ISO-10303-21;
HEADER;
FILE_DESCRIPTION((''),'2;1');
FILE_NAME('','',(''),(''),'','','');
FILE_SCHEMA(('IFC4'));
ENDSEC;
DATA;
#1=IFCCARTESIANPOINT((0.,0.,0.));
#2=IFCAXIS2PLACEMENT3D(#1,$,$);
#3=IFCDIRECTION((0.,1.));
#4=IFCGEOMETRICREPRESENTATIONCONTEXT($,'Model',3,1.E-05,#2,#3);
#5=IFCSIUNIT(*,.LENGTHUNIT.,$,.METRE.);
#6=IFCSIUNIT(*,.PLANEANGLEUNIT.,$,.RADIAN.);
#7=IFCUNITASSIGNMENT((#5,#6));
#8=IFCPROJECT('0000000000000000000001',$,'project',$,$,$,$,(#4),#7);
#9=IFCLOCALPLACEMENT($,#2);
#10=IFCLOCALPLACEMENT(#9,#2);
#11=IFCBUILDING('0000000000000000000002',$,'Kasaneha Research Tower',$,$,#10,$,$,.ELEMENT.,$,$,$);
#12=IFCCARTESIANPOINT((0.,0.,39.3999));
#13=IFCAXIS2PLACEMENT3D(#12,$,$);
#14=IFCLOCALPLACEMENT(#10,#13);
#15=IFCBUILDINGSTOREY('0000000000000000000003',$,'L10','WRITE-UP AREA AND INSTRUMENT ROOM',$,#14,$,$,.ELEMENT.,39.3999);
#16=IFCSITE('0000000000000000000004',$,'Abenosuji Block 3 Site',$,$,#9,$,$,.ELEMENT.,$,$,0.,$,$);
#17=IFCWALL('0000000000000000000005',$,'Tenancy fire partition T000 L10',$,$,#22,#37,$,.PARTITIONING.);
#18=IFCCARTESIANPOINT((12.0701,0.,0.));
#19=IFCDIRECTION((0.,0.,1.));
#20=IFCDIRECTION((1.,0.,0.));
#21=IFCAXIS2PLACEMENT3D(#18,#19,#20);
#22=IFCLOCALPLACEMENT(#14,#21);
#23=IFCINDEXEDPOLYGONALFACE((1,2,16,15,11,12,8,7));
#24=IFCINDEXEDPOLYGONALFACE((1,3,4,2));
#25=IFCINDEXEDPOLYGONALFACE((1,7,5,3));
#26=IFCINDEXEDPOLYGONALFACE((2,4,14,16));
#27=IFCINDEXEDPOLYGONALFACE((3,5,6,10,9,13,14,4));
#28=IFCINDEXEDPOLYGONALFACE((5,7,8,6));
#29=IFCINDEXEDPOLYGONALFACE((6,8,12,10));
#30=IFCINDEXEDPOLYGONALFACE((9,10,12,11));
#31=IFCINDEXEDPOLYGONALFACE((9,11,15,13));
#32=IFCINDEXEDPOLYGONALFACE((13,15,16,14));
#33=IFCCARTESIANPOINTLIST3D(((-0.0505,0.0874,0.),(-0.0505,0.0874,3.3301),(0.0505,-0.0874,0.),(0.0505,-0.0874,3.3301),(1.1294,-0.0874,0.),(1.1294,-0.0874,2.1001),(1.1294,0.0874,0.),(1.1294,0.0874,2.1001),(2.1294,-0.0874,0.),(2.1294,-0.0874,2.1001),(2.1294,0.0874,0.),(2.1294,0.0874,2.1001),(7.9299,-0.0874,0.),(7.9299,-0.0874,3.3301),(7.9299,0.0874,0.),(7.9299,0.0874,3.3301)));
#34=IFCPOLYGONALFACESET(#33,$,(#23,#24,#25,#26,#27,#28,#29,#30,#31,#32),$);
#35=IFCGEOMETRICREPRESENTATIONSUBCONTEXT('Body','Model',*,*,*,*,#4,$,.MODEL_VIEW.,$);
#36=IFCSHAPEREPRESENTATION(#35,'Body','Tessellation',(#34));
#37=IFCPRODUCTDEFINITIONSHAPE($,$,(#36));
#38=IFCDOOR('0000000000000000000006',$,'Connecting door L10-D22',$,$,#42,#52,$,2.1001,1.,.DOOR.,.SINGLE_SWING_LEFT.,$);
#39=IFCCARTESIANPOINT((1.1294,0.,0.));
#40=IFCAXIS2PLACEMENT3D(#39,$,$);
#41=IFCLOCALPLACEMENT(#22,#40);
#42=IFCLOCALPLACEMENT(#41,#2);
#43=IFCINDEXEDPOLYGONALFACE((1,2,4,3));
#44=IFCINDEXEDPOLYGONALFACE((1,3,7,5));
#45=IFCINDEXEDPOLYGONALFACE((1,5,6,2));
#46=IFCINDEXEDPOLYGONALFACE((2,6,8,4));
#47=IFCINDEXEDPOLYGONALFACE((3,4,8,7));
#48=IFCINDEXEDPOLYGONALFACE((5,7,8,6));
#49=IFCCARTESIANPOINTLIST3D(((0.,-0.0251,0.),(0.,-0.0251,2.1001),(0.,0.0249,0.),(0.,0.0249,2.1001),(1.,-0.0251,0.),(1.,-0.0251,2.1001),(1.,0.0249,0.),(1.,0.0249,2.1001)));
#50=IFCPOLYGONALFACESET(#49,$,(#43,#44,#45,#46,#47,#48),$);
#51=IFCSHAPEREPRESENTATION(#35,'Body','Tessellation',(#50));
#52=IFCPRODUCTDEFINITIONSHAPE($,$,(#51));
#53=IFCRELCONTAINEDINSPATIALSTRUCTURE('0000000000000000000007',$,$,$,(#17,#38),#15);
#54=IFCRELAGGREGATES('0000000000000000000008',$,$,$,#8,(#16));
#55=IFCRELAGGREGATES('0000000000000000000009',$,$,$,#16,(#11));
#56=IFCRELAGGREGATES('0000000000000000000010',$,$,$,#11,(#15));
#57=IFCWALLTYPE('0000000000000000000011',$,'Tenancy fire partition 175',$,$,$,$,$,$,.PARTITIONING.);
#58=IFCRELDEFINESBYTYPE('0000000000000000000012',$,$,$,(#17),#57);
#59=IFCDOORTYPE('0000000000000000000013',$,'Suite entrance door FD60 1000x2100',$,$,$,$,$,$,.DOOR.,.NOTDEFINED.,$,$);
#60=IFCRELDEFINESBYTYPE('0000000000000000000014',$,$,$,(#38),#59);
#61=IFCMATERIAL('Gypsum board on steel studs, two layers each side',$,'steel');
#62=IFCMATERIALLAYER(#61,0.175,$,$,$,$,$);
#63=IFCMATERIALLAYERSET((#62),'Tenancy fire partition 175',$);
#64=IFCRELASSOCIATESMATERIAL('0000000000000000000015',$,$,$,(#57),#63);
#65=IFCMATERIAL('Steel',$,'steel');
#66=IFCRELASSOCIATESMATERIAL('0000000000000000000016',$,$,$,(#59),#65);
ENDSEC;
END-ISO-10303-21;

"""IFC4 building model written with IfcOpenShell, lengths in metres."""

from ifc_helpers import new_model, si_unit, direction, frame, frame_2d, origin, place, context, subcontext, project, spatial, polyline, rectangle, outline, extrude, material, layer, layer_set, type_object, element, fill, save


model = new_model("IFC4")

# Units and contexts
model_context = context("Model", 3, precision=1e-05, world=origin(), true_north=direction((0.0, 1.0)))
body_context = subcontext(model_context, "Body", "Model", "MODEL_VIEW")
ifc_project = project(units=[si_unit("LENGTHUNIT", "METRE"), si_unit("PLANEANGLEUNIT", "RADIAN")], contexts=[model_context])

# Site, building, storey
site_placement = place(None, origin())
site = spatial("IfcSite", under=ifc_project, at=site_placement, Name="Abenosuji Block 3 Site", CompositionType="ELEMENT", RefElevation=0.0)
building_placement = place(site_placement, origin())
building = spatial("IfcBuilding", under=site, at=building_placement, Name="Kasaneha Research Tower", CompositionType="ELEMENT")
storey_placement = place(building_placement, frame((0.0, 0.0, 39.3999)))
storey = spatial("IfcBuildingStorey", under=building, at=storey_placement, Name="L10", Description="WRITE-UP AREA AND INSTRUMENT ROOM", CompositionType="ELEMENT", Elevation=39.3999)

# Wall, opening, door
ifc_material_1 = material(Name="Gypsum board on steel studs, two layers each side", Category="steel")
ifc_layer_1 = layer(ifc_material_1, 0.175)
ifc_layer_set_1 = layer_set([ifc_layer_1], Name="Tenancy fire partition 175")
wall_type_1 = type_object("IfcWallType", Name="Tenancy fire partition 175", PredefinedType="PARTITIONING", material=ifc_layer_set_1)
wall_1_placement = place(storey_placement, frame((12.0701, 0.0, 0.0), z_axis=(0.0, 0.0, 1.0), x_axis=(1.0, 0.0, 0.0)))
wall_1 = element("IfcWall", 1, at=wall_1_placement, inside=storey, type_object=wall_type_1, Name="Tenancy fire partition T000 L10", PredefinedType="PARTITIONING", context=body_context, shape_type="SweptSolid", body=[
    extrude(outline(polyline([(0.0505, -0.0874), (1.1294, -0.0874), (2.1294, -0.0874), (7.9299, -0.0874), (7.9299, 0.0874), (2.1294, 0.0874), (1.1294, 0.0874), (-0.0505, 0.0874), (0.0505, -0.0874)])), origin(), (0.0, 0.0, 1.0), 3.3301),
])
opening_1_placement = place(wall_1_placement, frame((1.1294, 0.0, 0.0)))
opening_1 = element("IfcOpeningElement", 2, at=opening_1_placement, cuts=wall_1, PredefinedType="OPENING", context=body_context, shape_type="SweptSolid", body=[
    extrude(rectangle(XDim=1.0, YDim=2.1001, at=frame_2d((0.5, 1.05))), frame((0.0, 0.0977, 0.0), z_axis=(0.0, -1.0, 0.0), x_axis=(1.0, 0.0, 0.0)), (0.0, 0.0, 1.0), 0.1951),
])
ifc_material_2 = material(Name="Steel", Category="steel")
door_type_1 = type_object("IfcDoorType", Name="Suite entrance door FD60 1000x2100", OperationType="NOTDEFINED", PredefinedType="DOOR", material=ifc_material_2)
door_1_placement = place(opening_1_placement, origin())
door_1 = element("IfcDoor", 3, at=door_1_placement, inside=storey, type_object=door_type_1, Name="Connecting door L10-D22", OperationType="SINGLE_SWING_LEFT", OverallHeight=2.1001, OverallWidth=1.0, PredefinedType="DOOR", context=body_context, shape_type="SweptSolid", body=[
    extrude(rectangle(XDim=1.0, YDim=2.1001, at=frame_2d((0.5, 1.05))), frame((0.0, 0.0249, 0.0), z_axis=(0.0, -1.0, 0.0), x_axis=(1.0, 0.0, 0.0)), (0.0, 0.0, 1.0), 0.05),
])
fill(opening_1, door_1)

save(model, "model.ifc")
